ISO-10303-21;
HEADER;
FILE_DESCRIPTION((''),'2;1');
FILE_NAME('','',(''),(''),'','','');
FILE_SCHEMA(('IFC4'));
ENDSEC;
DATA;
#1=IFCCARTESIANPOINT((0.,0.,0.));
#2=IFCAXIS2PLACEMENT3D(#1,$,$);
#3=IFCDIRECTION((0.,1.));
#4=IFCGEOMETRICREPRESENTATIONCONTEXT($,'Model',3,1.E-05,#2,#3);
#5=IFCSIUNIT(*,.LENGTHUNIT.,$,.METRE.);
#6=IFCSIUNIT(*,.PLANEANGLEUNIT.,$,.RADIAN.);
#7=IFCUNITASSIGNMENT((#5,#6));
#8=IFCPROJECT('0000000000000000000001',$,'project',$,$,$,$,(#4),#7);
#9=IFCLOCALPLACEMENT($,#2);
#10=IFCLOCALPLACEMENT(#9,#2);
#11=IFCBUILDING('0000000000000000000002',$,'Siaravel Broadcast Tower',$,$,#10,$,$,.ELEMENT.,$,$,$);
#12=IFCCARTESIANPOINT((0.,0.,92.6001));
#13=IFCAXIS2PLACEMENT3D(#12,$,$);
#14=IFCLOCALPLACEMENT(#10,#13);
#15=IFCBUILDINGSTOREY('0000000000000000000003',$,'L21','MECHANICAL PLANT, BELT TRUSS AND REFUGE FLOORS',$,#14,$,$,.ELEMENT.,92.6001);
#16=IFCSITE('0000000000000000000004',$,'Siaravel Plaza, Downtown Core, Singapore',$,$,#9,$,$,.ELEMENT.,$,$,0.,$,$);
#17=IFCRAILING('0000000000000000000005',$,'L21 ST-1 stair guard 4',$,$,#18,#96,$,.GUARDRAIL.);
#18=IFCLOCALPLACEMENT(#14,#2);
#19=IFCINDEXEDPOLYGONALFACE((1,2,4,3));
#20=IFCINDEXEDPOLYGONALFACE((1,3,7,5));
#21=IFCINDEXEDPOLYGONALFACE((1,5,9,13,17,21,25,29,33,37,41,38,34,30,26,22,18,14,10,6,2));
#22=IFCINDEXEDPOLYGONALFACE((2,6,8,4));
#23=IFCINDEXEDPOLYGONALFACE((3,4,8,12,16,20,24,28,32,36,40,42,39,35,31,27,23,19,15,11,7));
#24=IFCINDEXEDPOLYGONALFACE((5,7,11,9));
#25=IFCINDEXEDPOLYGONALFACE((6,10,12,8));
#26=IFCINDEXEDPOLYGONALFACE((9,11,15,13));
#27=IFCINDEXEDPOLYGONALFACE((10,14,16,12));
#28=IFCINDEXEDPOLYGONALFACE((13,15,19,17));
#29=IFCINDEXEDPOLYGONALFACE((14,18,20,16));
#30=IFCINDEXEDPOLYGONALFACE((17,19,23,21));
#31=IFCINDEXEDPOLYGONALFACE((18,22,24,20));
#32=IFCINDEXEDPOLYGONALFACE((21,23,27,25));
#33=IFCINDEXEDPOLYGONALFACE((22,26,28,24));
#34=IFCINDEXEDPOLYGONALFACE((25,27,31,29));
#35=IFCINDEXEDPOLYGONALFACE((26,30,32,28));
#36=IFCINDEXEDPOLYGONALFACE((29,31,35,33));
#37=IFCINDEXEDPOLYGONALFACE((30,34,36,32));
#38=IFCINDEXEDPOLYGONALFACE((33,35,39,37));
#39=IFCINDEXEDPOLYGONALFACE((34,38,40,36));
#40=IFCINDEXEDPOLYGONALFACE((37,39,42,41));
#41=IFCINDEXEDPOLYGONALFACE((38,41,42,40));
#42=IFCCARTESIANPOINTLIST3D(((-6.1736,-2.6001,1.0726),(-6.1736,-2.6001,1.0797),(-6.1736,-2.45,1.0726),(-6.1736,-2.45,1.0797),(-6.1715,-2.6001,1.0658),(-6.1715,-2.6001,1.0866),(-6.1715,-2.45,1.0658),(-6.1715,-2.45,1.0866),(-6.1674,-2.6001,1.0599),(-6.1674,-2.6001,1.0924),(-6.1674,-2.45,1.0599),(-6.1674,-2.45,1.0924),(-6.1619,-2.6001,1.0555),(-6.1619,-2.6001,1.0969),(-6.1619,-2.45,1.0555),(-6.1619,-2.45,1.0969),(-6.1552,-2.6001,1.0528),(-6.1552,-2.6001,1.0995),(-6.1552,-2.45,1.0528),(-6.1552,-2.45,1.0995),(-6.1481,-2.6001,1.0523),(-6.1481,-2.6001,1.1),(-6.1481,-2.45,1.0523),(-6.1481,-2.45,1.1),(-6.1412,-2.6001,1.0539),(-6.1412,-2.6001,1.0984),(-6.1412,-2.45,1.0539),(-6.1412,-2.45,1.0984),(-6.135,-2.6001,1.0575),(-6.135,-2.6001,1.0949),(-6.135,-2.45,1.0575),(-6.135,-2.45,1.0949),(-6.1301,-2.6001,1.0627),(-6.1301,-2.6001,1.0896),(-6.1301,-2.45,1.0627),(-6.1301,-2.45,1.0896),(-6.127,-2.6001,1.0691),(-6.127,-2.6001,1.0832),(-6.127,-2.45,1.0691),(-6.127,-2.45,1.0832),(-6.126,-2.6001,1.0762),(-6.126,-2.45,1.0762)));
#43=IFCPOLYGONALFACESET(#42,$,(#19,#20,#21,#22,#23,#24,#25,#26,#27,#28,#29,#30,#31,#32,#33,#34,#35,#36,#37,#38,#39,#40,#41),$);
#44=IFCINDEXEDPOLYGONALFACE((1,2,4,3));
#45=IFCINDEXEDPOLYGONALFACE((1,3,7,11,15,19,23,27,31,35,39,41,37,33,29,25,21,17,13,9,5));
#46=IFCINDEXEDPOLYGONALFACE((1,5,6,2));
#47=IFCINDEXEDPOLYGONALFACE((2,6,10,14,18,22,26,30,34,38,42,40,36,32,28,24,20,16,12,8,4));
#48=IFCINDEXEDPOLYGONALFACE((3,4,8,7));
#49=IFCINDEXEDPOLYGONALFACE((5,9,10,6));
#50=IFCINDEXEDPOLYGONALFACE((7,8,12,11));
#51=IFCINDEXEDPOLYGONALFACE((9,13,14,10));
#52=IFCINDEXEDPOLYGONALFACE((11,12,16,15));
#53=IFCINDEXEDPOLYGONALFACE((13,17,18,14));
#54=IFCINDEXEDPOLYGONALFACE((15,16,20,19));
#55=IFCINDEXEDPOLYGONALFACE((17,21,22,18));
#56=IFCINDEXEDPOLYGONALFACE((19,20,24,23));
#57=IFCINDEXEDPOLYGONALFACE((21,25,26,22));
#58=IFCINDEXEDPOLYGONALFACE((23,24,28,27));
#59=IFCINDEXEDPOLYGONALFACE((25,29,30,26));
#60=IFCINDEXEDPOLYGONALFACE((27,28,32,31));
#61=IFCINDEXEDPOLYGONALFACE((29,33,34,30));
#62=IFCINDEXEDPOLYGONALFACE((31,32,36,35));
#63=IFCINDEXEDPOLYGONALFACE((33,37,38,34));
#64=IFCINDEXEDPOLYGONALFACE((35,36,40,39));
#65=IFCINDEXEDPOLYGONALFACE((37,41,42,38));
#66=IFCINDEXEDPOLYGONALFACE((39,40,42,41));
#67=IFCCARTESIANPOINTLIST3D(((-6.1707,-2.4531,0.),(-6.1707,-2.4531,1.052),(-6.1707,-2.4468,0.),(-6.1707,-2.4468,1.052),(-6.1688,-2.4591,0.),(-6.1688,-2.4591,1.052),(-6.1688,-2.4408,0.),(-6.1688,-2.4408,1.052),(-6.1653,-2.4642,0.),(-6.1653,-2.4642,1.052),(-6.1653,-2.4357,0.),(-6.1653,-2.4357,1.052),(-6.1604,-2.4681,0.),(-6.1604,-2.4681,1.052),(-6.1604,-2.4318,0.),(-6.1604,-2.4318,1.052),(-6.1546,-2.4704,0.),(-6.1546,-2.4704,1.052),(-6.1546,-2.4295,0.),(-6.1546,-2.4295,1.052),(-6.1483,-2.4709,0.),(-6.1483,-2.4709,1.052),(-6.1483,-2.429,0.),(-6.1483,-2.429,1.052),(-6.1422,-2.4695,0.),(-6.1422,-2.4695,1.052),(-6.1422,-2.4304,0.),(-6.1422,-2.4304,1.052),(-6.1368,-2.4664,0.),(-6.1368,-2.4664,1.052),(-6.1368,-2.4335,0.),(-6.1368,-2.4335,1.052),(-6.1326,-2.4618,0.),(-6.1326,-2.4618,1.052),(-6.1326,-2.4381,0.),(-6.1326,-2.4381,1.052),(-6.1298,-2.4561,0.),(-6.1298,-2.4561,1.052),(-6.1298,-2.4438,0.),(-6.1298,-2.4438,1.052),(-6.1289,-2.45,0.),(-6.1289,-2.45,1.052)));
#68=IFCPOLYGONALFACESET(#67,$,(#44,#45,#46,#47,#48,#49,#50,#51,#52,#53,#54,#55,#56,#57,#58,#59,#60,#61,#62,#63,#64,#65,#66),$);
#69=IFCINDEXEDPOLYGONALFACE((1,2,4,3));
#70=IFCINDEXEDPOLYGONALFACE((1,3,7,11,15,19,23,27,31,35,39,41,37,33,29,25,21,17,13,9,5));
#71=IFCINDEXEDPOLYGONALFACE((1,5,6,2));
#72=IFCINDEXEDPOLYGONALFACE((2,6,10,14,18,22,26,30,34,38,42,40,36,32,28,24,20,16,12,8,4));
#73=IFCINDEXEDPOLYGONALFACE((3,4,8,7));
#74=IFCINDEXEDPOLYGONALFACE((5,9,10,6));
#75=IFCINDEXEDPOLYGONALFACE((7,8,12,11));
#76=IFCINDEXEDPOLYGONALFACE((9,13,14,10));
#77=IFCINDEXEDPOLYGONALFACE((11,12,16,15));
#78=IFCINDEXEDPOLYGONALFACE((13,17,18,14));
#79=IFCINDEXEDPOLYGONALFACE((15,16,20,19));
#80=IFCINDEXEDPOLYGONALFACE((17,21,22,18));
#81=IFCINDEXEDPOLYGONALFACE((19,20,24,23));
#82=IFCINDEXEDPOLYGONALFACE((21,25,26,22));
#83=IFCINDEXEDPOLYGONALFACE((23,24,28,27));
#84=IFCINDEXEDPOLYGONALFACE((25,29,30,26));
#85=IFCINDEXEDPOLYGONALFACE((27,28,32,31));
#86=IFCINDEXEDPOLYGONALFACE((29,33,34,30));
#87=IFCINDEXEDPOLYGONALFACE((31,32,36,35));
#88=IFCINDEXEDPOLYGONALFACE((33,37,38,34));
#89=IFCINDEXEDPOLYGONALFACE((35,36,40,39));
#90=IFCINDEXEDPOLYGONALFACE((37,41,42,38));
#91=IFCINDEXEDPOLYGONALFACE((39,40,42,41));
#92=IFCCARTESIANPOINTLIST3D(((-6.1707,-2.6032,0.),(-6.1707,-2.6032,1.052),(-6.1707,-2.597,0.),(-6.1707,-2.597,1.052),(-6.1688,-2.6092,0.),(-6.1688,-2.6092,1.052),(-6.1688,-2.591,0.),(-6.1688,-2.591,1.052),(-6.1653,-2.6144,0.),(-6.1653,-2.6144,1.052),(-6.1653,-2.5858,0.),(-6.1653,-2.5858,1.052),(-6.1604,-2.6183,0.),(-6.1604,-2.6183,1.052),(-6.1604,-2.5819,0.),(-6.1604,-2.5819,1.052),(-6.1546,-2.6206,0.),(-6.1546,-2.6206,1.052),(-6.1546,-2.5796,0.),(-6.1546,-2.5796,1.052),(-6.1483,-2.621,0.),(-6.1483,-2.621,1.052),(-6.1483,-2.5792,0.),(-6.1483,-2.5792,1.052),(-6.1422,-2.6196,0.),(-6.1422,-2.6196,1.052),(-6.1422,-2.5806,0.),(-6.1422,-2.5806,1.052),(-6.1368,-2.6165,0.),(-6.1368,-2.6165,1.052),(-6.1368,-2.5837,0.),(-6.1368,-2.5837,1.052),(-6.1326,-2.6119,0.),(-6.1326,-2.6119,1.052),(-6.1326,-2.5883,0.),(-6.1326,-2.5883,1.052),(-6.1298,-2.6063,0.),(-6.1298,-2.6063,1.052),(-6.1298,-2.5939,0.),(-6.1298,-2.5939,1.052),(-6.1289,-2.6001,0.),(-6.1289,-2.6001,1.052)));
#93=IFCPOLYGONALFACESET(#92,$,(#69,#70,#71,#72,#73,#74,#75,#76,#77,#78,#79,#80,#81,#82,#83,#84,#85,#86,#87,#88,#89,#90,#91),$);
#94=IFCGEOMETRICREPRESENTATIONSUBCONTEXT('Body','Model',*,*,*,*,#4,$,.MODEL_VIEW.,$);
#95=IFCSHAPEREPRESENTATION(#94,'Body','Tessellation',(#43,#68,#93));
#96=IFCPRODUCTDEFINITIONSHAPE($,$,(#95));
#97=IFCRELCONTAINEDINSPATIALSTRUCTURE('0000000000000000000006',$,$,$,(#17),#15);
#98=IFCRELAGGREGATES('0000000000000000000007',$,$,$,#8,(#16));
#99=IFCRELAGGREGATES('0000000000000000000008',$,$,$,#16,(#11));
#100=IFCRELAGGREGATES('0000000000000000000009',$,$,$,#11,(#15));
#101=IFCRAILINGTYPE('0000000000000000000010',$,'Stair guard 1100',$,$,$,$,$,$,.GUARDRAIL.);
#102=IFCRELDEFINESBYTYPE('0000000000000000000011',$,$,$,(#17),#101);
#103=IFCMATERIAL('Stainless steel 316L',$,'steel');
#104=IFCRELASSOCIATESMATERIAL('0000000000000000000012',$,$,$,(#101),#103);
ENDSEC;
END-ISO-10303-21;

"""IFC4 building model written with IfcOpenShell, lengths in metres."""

from ifc_helpers import new_model, si_unit, direction, frame, origin, origin_2d, place, context, subcontext, project, spatial, circle, extrude, material, type_object, element, save


model = new_model("IFC4")

# Units and contexts
model_context = context("Model", 3, precision=1e-05, world=origin(), true_north=direction((0.0, 1.0)))
body_context = subcontext(model_context, "Body", "Model", "MODEL_VIEW")
ifc_project = project(units=[si_unit("LENGTHUNIT", "METRE"), si_unit("PLANEANGLEUNIT", "RADIAN")], contexts=[model_context])

# Site, building, storey
site_placement = place(None, origin())
site = spatial("IfcSite", under=ifc_project, at=site_placement, Name="Siaravel Plaza, Downtown Core, Singapore", CompositionType="ELEMENT", RefElevation=0.0)
building_placement = place(site_placement, origin())
building = spatial("IfcBuilding", under=site, at=building_placement, Name="Siaravel Broadcast Tower", CompositionType="ELEMENT")
storey_placement = place(building_placement, frame((0.0, 0.0, 92.6001)))
storey = spatial("IfcBuildingStorey", under=building, at=storey_placement, Name="L21", Description="MECHANICAL PLANT, BELT TRUSS AND REFUGE FLOORS", CompositionType="ELEMENT", Elevation=92.6001)

# Shared definitions
ifc_material_1 = material(Name="Stainless steel 316L", Category="steel")

# Railing
railing_type_1 = type_object("IfcRailingType", Name="Stair guard 1100", PredefinedType="GUARDRAIL", material=ifc_material_1)
railing_1_placement = place(storey_placement, frame((-6.1499, -2.45, 0.0)))
element("IfcRailing", 1, at=railing_1_placement, inside=storey, type_object=railing_type_1, Name="L21 ST-1 stair guard 4", PredefinedType="GUARDRAIL", context=body_context, shape_type="SweptSolid", body=[
    extrude(circle(Radius=0.0239, at=origin_2d()), frame((0.0, 0.0, 1.0762), z_axis=(0.0, -1.0, 0.0), x_axis=(1.0, 0.0, 0.0)), (0.0, 0.0, 1.0), 0.1501),
    extrude(circle(Radius=0.021, at=origin_2d()), origin(), (0.0, 0.0, 1.0), 1.052),
    extrude(circle(Radius=0.021, at=origin_2d()), frame((0.0, -0.1501, 0.0)), (0.0, 0.0, 1.0), 1.052),
])

save(model, "model.ifc")
